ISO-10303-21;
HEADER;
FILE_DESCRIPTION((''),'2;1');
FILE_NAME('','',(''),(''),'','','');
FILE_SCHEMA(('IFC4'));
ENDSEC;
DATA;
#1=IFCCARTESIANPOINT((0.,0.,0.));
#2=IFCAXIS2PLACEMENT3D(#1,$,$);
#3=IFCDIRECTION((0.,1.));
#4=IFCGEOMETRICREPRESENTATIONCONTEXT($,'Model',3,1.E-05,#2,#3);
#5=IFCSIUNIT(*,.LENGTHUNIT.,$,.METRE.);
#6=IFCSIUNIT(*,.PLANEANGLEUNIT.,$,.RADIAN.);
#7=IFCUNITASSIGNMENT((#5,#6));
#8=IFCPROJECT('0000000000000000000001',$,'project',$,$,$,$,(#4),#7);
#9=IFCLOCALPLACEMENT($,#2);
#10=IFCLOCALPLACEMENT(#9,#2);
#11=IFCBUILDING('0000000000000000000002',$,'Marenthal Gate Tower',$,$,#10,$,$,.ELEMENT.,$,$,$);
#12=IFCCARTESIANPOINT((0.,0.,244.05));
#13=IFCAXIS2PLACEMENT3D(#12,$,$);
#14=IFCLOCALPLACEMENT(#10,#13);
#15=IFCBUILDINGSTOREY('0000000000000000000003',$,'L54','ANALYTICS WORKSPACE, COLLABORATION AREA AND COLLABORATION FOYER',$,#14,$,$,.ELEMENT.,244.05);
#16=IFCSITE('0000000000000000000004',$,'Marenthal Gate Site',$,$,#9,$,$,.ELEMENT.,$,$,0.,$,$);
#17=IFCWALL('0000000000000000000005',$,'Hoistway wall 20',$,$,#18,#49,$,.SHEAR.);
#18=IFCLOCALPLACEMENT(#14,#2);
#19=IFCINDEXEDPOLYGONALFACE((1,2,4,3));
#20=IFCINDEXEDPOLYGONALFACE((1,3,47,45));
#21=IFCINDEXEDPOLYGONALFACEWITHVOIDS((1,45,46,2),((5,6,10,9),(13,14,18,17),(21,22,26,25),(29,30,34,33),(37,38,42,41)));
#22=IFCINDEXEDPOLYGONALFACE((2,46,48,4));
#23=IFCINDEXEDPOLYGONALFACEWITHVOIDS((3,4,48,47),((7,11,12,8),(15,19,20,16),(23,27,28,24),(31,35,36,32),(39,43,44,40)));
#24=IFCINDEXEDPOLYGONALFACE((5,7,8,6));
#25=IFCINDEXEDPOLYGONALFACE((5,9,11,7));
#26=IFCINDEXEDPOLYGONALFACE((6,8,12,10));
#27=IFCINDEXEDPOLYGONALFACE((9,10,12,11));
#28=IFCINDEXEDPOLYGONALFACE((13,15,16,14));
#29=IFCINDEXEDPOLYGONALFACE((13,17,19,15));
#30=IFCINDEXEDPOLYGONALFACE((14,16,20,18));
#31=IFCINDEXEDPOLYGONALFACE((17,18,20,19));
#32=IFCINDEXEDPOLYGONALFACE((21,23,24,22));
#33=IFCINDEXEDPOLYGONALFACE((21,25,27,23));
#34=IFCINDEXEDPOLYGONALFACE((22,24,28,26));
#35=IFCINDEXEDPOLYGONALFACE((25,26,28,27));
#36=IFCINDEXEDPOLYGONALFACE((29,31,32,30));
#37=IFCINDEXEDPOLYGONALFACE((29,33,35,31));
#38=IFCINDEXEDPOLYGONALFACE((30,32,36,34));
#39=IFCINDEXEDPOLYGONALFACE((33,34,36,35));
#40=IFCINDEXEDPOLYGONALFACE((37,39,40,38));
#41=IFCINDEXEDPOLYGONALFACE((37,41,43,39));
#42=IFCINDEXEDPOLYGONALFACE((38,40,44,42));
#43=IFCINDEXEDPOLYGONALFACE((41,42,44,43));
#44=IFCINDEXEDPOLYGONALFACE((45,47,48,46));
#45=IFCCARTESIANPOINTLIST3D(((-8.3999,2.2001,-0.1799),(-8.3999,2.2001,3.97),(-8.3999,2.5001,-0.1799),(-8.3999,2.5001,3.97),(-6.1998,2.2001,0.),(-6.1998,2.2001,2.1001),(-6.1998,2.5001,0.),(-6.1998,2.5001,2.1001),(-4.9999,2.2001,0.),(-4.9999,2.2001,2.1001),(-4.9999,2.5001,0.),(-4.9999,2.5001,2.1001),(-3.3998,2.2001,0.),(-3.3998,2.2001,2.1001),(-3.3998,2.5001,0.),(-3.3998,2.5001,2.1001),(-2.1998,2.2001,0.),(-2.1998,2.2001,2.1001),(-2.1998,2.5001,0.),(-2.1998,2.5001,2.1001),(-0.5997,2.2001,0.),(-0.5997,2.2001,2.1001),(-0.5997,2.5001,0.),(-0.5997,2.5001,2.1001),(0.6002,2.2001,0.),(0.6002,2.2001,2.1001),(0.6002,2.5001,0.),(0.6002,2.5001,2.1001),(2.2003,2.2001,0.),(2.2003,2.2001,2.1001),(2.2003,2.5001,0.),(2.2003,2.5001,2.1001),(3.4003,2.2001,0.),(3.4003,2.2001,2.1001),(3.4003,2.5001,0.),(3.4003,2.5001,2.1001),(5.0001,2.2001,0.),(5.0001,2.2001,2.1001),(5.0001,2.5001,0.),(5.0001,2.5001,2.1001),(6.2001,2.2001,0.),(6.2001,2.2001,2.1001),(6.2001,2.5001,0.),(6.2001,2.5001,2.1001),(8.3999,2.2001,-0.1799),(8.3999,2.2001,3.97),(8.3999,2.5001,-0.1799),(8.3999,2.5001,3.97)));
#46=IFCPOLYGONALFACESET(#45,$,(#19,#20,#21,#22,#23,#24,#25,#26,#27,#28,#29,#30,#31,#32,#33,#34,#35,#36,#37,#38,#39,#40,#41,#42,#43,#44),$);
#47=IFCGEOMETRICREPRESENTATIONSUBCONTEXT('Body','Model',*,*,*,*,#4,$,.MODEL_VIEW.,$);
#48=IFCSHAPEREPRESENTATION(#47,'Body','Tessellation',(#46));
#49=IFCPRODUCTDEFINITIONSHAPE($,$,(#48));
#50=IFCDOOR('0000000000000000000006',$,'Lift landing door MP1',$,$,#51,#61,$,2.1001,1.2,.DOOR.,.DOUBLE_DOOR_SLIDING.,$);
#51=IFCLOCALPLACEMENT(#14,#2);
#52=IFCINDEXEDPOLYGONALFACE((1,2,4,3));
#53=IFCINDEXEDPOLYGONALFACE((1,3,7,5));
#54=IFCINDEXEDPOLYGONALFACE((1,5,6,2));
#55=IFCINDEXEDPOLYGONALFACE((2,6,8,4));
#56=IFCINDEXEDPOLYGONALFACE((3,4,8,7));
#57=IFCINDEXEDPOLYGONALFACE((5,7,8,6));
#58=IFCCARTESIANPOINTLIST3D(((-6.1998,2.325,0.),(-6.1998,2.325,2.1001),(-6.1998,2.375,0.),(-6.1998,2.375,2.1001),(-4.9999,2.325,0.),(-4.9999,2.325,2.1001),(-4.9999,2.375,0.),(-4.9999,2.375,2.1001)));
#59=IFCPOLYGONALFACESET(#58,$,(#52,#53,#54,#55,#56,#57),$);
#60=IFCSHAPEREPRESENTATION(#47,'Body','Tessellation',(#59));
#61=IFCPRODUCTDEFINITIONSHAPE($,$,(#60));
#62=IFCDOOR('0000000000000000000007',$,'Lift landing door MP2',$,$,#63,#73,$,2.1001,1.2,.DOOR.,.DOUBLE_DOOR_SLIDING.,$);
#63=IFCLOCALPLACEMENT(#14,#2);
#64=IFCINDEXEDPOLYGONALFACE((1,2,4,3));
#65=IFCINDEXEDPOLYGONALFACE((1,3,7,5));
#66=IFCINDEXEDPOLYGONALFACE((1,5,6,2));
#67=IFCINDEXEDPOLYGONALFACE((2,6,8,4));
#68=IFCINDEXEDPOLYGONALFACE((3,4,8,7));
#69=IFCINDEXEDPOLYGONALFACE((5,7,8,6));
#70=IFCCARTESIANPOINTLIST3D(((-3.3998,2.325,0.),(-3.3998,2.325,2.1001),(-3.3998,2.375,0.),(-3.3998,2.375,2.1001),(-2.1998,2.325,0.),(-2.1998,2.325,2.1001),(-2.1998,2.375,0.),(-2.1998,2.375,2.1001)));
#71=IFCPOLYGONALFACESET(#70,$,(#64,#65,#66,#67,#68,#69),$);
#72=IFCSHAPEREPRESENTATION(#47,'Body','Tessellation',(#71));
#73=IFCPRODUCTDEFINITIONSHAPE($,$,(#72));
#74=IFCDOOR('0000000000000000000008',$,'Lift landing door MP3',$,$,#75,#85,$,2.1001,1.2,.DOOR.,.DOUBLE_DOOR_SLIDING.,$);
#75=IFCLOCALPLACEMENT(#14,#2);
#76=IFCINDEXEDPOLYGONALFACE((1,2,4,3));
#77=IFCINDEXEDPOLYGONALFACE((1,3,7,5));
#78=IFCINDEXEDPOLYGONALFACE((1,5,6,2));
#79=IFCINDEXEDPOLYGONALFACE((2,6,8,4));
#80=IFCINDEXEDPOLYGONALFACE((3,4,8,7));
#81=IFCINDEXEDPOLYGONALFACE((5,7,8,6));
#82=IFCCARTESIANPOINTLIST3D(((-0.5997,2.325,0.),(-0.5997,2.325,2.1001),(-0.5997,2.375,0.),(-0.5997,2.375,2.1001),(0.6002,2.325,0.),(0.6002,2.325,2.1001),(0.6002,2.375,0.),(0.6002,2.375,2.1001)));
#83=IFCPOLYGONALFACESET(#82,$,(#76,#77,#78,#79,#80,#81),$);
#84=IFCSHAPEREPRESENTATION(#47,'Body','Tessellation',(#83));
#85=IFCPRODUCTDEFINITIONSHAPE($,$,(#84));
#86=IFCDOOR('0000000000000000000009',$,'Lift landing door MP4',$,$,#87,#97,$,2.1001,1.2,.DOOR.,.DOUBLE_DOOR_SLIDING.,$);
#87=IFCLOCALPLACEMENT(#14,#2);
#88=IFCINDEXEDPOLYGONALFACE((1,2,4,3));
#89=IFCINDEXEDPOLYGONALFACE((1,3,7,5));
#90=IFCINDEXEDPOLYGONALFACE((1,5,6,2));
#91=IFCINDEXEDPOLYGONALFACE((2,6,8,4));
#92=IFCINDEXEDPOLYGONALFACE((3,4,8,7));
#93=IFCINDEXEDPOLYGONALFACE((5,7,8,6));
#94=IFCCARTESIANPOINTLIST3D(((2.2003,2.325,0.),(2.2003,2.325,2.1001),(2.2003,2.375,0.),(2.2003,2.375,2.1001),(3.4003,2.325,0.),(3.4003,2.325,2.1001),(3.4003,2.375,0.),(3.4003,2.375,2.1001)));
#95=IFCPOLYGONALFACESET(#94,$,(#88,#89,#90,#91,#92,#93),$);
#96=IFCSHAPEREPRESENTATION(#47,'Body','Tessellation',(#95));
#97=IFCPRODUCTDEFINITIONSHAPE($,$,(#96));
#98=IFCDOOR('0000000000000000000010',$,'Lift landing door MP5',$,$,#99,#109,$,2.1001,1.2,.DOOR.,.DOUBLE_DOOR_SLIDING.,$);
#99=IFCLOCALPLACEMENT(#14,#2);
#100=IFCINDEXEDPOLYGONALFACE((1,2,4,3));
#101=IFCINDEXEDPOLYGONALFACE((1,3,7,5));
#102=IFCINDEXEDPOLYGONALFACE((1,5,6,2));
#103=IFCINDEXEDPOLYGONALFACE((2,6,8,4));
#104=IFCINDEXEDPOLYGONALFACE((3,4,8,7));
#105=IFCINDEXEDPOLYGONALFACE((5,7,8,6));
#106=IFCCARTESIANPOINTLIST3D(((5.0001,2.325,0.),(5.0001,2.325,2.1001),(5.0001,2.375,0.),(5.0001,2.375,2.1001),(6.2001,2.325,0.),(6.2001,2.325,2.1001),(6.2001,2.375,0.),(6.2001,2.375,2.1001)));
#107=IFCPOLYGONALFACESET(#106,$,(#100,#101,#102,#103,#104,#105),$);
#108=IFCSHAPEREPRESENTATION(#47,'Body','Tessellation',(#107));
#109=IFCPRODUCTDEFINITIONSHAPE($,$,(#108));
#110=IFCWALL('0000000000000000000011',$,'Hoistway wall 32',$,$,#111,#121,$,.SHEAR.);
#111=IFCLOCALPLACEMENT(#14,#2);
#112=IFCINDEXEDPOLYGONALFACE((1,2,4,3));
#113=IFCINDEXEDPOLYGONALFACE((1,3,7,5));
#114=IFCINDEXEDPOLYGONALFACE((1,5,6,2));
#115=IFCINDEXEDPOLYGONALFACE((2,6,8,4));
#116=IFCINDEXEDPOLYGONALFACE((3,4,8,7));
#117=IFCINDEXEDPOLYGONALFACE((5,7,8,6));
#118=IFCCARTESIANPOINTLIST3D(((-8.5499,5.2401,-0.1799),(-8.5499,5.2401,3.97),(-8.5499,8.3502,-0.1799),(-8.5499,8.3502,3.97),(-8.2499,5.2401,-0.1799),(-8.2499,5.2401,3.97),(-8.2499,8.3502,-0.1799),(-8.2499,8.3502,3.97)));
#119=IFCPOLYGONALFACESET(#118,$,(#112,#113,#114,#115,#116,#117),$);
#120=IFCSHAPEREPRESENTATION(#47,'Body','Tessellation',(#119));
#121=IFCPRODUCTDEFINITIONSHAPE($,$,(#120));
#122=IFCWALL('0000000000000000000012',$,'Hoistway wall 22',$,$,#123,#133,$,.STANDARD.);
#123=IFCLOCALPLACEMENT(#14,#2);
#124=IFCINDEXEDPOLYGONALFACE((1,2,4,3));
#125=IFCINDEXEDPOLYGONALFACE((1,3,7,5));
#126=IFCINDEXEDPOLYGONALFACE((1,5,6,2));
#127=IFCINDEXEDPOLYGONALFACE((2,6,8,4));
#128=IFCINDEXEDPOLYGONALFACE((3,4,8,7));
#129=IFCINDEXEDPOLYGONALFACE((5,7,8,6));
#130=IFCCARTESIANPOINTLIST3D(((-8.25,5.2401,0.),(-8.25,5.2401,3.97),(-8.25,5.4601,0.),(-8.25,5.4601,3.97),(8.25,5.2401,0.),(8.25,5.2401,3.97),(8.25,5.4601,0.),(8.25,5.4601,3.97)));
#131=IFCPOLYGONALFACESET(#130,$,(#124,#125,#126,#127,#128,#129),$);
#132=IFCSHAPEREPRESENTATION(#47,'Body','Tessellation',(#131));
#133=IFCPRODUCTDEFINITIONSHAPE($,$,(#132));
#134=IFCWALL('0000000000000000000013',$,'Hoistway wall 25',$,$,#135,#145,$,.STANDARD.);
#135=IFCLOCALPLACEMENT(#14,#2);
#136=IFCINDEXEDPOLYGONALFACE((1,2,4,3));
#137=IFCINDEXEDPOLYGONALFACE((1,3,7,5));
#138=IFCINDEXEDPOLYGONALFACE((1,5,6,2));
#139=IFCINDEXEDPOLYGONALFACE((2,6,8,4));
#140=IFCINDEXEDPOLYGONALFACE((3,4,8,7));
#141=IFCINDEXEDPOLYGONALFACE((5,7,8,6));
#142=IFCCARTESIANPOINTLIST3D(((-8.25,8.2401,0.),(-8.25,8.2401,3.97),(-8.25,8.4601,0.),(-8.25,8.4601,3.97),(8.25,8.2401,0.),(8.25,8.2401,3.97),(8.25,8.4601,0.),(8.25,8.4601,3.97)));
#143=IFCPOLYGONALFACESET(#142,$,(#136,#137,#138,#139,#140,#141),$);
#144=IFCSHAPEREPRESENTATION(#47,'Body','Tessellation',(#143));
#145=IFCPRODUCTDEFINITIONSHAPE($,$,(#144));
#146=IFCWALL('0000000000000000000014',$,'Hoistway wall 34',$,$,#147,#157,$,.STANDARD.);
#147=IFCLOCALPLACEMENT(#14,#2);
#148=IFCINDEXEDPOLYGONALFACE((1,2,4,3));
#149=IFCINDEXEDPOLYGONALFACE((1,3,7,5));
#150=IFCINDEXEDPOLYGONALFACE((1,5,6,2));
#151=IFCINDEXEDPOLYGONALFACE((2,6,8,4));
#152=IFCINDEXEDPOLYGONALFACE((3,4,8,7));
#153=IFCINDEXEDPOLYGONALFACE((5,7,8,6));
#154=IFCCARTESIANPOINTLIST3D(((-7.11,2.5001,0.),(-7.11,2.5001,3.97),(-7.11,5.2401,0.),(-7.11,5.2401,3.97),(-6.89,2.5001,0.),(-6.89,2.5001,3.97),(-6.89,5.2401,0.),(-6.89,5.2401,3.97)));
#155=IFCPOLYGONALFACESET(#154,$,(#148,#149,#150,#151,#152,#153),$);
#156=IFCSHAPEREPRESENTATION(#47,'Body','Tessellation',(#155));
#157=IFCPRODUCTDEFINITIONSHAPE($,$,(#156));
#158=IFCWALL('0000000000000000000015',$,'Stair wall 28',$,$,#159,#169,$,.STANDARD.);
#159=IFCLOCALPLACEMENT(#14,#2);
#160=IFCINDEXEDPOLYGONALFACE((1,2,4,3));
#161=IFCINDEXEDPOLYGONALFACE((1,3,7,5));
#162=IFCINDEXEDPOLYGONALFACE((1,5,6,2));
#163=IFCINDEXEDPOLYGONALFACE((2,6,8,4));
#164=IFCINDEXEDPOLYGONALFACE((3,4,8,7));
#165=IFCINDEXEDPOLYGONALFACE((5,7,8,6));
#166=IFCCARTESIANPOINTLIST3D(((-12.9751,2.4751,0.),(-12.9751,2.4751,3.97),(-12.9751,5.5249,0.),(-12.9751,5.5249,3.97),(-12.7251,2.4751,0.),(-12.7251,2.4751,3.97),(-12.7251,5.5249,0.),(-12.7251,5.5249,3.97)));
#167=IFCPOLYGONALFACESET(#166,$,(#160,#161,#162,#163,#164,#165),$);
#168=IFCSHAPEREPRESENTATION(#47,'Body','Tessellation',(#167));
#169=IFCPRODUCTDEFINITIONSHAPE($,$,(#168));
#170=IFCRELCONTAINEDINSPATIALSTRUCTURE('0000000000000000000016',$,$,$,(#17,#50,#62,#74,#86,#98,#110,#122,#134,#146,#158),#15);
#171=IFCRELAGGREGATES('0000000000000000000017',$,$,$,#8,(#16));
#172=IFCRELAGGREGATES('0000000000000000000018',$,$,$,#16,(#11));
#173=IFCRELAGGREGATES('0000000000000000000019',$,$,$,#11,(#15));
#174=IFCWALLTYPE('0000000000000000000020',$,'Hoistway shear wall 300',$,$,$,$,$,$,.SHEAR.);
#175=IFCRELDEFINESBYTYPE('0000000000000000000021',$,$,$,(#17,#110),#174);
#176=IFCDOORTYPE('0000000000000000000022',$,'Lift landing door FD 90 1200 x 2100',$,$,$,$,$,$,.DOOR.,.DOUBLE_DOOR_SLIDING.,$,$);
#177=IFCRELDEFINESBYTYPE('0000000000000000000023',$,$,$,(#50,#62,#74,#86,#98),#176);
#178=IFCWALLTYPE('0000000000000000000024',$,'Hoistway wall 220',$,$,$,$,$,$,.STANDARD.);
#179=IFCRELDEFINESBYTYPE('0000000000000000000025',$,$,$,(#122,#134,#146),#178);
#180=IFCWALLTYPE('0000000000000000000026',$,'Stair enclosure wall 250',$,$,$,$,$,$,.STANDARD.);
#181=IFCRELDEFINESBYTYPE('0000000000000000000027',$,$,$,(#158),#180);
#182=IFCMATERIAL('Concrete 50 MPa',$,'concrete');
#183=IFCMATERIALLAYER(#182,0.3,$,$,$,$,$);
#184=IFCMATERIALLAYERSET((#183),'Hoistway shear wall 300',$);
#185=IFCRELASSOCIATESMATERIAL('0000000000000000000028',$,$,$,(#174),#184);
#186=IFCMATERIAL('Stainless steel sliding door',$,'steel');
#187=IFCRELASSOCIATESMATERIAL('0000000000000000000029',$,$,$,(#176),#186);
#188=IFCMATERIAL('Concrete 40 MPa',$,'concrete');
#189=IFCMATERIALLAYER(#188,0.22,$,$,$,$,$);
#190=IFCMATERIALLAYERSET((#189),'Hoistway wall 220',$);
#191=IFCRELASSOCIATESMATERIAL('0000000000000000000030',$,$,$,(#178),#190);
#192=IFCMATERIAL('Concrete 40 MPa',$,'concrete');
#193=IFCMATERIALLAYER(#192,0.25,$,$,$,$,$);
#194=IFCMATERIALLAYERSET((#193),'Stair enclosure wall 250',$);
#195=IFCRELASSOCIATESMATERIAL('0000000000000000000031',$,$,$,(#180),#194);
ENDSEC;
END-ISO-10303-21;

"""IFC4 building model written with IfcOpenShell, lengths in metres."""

from ifc_helpers import new_model, si_unit, direction, frame, frame_2d, origin, place, context, subcontext, project, spatial, rectangle, extrude, material, layer, layer_set, type_object, element, fill, save


model = new_model("IFC4")

# Units and contexts
model_context = context("Model", 3, precision=1e-05, world=origin(), true_north=direction((0.0, 1.0)))
body_context = subcontext(model_context, "Body", "Model", "MODEL_VIEW")
ifc_project = project(units=[si_unit("LENGTHUNIT", "METRE"), si_unit("PLANEANGLEUNIT", "RADIAN")], contexts=[model_context])

# Site, building, storey
site_placement = place(None, origin())
site = spatial("IfcSite", under=ifc_project, at=site_placement, Name="Marenthal Gate Site", CompositionType="ELEMENT", RefElevation=0.0)
building_placement = place(site_placement, origin())
building = spatial("IfcBuilding", under=site, at=building_placement, Name="Marenthal Gate Tower", CompositionType="ELEMENT")
storey_placement = place(building_placement, frame((0.0, 0.0, 244.05)))
storey = spatial("IfcBuildingStorey", under=building, at=storey_placement, Name="L54", Description="ANALYTICS WORKSPACE, COLLABORATION AREA AND COLLABORATION FOYER", CompositionType="ELEMENT", Elevation=244.05)

# Wall, openings, doors
ifc_material_1 = material(Name="Concrete 50 MPa", Category="concrete")
ifc_layer_1 = layer(ifc_material_1, 0.3)
ifc_layer_set_1 = layer_set([ifc_layer_1], Name="Hoistway shear wall 300")
wall_type_1 = type_object("IfcWallType", Name="Hoistway shear wall 300", PredefinedType="SHEAR", material=ifc_layer_set_1)
wall_1_placement = place(storey_placement, frame((-8.3999, 2.3501, -0.1799), z_axis=(0.0, 0.0, 1.0), x_axis=(1.0, 0.0, 0.0)))
wall_1 = element("IfcWall", 1, at=wall_1_placement, inside=storey, type_object=wall_type_1, Name="Hoistway wall 20", PredefinedType="SHEAR", context=body_context, shape_type="SweptSolid", body=[
    extrude(rectangle(XDim=16.7998, YDim=0.3, at=frame_2d((8.3999, 0.0))), origin(), (0.0, 0.0, 1.0), 4.1499),
])
opening_1_placement = place(wall_1_placement, frame((2.2, 0.0, 0.1799)))
opening_1 = element("IfcOpeningElement", 2, at=opening_1_placement, cuts=wall_1, PredefinedType="OPENING", context=body_context, shape_type="SweptSolid", body=[
    extrude(rectangle(XDim=1.2, YDim=2.1001, at=frame_2d((0.6001, 1.05))), frame((0.0, 0.1602, 0.0), z_axis=(0.0, -1.0, 0.0), x_axis=(1.0, 0.0, 0.0)), (0.0, 0.0, 1.0), 0.3201),
])
opening_2_placement = place(wall_1_placement, frame((5.0, 0.0, 0.1799)))
opening_2 = element("IfcOpeningElement", 3, at=opening_2_placement, cuts=wall_1, PredefinedType="OPENING", context=body_context, shape_type="SweptSolid", body=[
    extrude(rectangle(XDim=1.2, YDim=2.1001, at=frame_2d((0.6001, 1.05))), frame((0.0, 0.1602, 0.0), z_axis=(0.0, -1.0, 0.0), x_axis=(1.0, 0.0, 0.0)), (0.0, 0.0, 1.0), 0.3201),
])
opening_3_placement = place(wall_1_placement, frame((7.8, 0.0, 0.1799)))
opening_3 = element("IfcOpeningElement", 4, at=opening_3_placement, cuts=wall_1, PredefinedType="OPENING", context=body_context, shape_type="SweptSolid", body=[
    extrude(rectangle(XDim=1.2, YDim=2.1001, at=frame_2d((0.6001, 1.05))), frame((0.0, 0.1602, 0.0), z_axis=(0.0, -1.0, 0.0), x_axis=(1.0, 0.0, 0.0)), (0.0, 0.0, 1.0), 0.3201),
])
opening_4_placement = place(wall_1_placement, frame((10.6001, 0.0, 0.1799)))
opening_4 = element("IfcOpeningElement", 5, at=opening_4_placement, cuts=wall_1, PredefinedType="OPENING", context=body_context, shape_type="SweptSolid", body=[
    extrude(rectangle(XDim=1.2, YDim=2.1001, at=frame_2d((0.6001, 1.05))), frame((0.0, 0.1602, 0.0), z_axis=(0.0, -1.0, 0.0), x_axis=(1.0, 0.0, 0.0)), (0.0, 0.0, 1.0), 0.3201),
])
opening_5_placement = place(wall_1_placement, frame((13.3999, 0.0, 0.1799)))
opening_5 = element("IfcOpeningElement", 6, at=opening_5_placement, cuts=wall_1, PredefinedType="OPENING", context=body_context, shape_type="SweptSolid", body=[
    extrude(rectangle(XDim=1.2, YDim=2.1001, at=frame_2d((0.6001, 1.05))), frame((0.0, 0.1602, 0.0), z_axis=(0.0, -1.0, 0.0), x_axis=(1.0, 0.0, 0.0)), (0.0, 0.0, 1.0), 0.3201),
])
ifc_material_2 = material(Name="Stainless steel sliding door", Category="steel")
door_type = type_object("IfcDoorType", Name="Lift landing door FD 90 1200 x 2100", OperationType="DOUBLE_DOOR_SLIDING", PredefinedType="DOOR", material=ifc_material_2)
door_1_placement = place(opening_1_placement, origin())
door_1 = element("IfcDoor", 7, at=door_1_placement, inside=storey, type_object=door_type, Name="Lift landing door MP1", OperationType="DOUBLE_DOOR_SLIDING", OverallHeight=2.1001, OverallWidth=1.2, PredefinedType="DOOR", context=body_context, shape_type="SweptSolid", body=[
    extrude(rectangle(XDim=1.2, YDim=2.1001, at=frame_2d((0.6001, 1.05))), frame((0.0, 0.0249, 0.0), z_axis=(0.0, -1.0, 0.0), x_axis=(1.0, 0.0, 0.0)), (0.0, 0.0, 1.0), 0.05),
])
fill(opening_1, door_1)
door_2_placement = place(opening_2_placement, origin())
door_2 = element("IfcDoor", 8, at=door_2_placement, inside=storey, type_object=door_type, Name="Lift landing door MP2", OperationType="DOUBLE_DOOR_SLIDING", OverallHeight=2.1001, OverallWidth=1.2, PredefinedType="DOOR", context=body_context, shape_type="SweptSolid", body=[
    extrude(rectangle(XDim=1.2, YDim=2.1001, at=frame_2d((0.6001, 1.05))), frame((0.0, 0.0249, 0.0), z_axis=(0.0, -1.0, 0.0), x_axis=(1.0, 0.0, 0.0)), (0.0, 0.0, 1.0), 0.05),
])
fill(opening_2, door_2)
door_3_placement = place(opening_3_placement, origin())
door_3 = element("IfcDoor", 9, at=door_3_placement, inside=storey, type_object=door_type, Name="Lift landing door MP3", OperationType="DOUBLE_DOOR_SLIDING", OverallHeight=2.1001, OverallWidth=1.2, PredefinedType="DOOR", context=body_context, shape_type="SweptSolid", body=[
    extrude(rectangle(XDim=1.2, YDim=2.1001, at=frame_2d((0.6001, 1.05))), frame((0.0, 0.0249, 0.0), z_axis=(0.0, -1.0, 0.0), x_axis=(1.0, 0.0, 0.0)), (0.0, 0.0, 1.0), 0.05),
])
fill(opening_3, door_3)
door_4_placement = place(opening_4_placement, origin())
door_4 = element("IfcDoor", 10, at=door_4_placement, inside=storey, type_object=door_type, Name="Lift landing door MP4", OperationType="DOUBLE_DOOR_SLIDING", OverallHeight=2.1001, OverallWidth=1.2, PredefinedType="DOOR", context=body_context, shape_type="SweptSolid", body=[
    extrude(rectangle(XDim=1.2, YDim=2.1001, at=frame_2d((0.6001, 1.05))), frame((0.0, 0.0249, 0.0), z_axis=(0.0, -1.0, 0.0), x_axis=(1.0, 0.0, 0.0)), (0.0, 0.0, 1.0), 0.05),
])
fill(opening_4, door_4)
door_5_placement = place(opening_5_placement, origin())
door_5 = element("IfcDoor", 11, at=door_5_placement, inside=storey, type_object=door_type, Name="Lift landing door MP5", OperationType="DOUBLE_DOOR_SLIDING", OverallHeight=2.1001, OverallWidth=1.2, PredefinedType="DOOR", context=body_context, shape_type="SweptSolid", body=[
    extrude(rectangle(XDim=1.2, YDim=2.1001, at=frame_2d((0.6001, 1.05))), frame((0.0, 0.0249, 0.0), z_axis=(0.0, -1.0, 0.0), x_axis=(1.0, 0.0, 0.0)), (0.0, 0.0, 1.0), 0.05),
])
fill(opening_5, door_5)

# Walls
wall_2_placement = place(storey_placement, frame((-8.3999, 5.24, -0.1799), z_axis=(0.0, 0.0, 1.0), x_axis=(0.0, 1.0, 0.0)))
element("IfcWall", 12, at=wall_2_placement, inside=storey, type_object=wall_type_1, Name="Hoistway wall 32", PredefinedType="SHEAR", context=body_context, shape_type="SweptSolid", body=[
    extrude(rectangle(XDim=3.1101, YDim=0.3, at=frame_2d((1.5552, 0.0))), origin(), (0.0, 0.0, 1.0), 4.1499),
])
ifc_material_3 = material(Name="Concrete 40 MPa", Category="concrete")
ifc_layer_2 = layer(ifc_material_3, 0.22)
ifc_layer_set_2 = layer_set([ifc_layer_2], Name="Hoistway wall 220")
wall_type_2 = type_object("IfcWallType", Name="Hoistway wall 220", PredefinedType="STANDARD", material=ifc_layer_set_2)
for number, where, z_axis, x_axis, name in (
    (13, (-8.25, 5.3501, 0.0), (0.0, 0.0, 1.0), (1.0, 0.0, 0.0), "Hoistway wall 22"),
    (14, (-8.25, 8.3501, 0.0), (0.0, 0.0, 1.0), (1.0, 0.0, 0.0), "Hoistway wall 25"),
):
    element("IfcWall", number, at=place(storey_placement, frame(where, z_axis=z_axis, x_axis=x_axis)), inside=storey, type_object=wall_type_2, Name=name, PredefinedType="STANDARD", context=body_context, shape_type="SweptSolid", body=[
        extrude(rectangle(XDim=16.5, YDim=0.22, at=frame_2d((8.25, 0.0))), origin(), (0.0, 0.0, 1.0), 3.97),
    ])
wall_3_placement = place(storey_placement, frame((-7.0, 2.5, 0.0), z_axis=(0.0, 0.0, 1.0), x_axis=(0.0, 1.0, 0.0)))
element("IfcWall", 15, at=wall_3_placement, inside=storey, type_object=wall_type_2, Name="Hoistway wall 34", PredefinedType="STANDARD", context=body_context, shape_type="SweptSolid", body=[
    extrude(rectangle(XDim=2.74, YDim=0.22, at=frame_2d((1.3701, 0.0))), origin(), (0.0, 0.0, 1.0), 3.97),
])
ifc_material_4 = material(Name="Concrete 40 MPa", Category="concrete")
ifc_layer_3 = layer(ifc_material_4, 0.25)
ifc_layer_set_3 = layer_set([ifc_layer_3], Name="Stair enclosure wall 250")
wall_type_3 = type_object("IfcWallType", Name="Stair enclosure wall 250", PredefinedType="STANDARD", material=ifc_layer_set_3)
wall_4_placement = place(storey_placement, frame((-12.8501, 2.4751, 0.0), z_axis=(0.0, 0.0, 1.0), x_axis=(0.0, 1.0, 0.0)))
element("IfcWall", 16, at=wall_4_placement, inside=storey, type_object=wall_type_3, Name="Stair wall 28", PredefinedType="STANDARD", context=body_context, shape_type="SweptSolid", body=[
    extrude(rectangle(XDim=3.0498, YDim=0.25, at=frame_2d((1.5249, 0.0))), origin(), (0.0, 0.0, 1.0), 3.97),
])

save(model, "model.ifc")
